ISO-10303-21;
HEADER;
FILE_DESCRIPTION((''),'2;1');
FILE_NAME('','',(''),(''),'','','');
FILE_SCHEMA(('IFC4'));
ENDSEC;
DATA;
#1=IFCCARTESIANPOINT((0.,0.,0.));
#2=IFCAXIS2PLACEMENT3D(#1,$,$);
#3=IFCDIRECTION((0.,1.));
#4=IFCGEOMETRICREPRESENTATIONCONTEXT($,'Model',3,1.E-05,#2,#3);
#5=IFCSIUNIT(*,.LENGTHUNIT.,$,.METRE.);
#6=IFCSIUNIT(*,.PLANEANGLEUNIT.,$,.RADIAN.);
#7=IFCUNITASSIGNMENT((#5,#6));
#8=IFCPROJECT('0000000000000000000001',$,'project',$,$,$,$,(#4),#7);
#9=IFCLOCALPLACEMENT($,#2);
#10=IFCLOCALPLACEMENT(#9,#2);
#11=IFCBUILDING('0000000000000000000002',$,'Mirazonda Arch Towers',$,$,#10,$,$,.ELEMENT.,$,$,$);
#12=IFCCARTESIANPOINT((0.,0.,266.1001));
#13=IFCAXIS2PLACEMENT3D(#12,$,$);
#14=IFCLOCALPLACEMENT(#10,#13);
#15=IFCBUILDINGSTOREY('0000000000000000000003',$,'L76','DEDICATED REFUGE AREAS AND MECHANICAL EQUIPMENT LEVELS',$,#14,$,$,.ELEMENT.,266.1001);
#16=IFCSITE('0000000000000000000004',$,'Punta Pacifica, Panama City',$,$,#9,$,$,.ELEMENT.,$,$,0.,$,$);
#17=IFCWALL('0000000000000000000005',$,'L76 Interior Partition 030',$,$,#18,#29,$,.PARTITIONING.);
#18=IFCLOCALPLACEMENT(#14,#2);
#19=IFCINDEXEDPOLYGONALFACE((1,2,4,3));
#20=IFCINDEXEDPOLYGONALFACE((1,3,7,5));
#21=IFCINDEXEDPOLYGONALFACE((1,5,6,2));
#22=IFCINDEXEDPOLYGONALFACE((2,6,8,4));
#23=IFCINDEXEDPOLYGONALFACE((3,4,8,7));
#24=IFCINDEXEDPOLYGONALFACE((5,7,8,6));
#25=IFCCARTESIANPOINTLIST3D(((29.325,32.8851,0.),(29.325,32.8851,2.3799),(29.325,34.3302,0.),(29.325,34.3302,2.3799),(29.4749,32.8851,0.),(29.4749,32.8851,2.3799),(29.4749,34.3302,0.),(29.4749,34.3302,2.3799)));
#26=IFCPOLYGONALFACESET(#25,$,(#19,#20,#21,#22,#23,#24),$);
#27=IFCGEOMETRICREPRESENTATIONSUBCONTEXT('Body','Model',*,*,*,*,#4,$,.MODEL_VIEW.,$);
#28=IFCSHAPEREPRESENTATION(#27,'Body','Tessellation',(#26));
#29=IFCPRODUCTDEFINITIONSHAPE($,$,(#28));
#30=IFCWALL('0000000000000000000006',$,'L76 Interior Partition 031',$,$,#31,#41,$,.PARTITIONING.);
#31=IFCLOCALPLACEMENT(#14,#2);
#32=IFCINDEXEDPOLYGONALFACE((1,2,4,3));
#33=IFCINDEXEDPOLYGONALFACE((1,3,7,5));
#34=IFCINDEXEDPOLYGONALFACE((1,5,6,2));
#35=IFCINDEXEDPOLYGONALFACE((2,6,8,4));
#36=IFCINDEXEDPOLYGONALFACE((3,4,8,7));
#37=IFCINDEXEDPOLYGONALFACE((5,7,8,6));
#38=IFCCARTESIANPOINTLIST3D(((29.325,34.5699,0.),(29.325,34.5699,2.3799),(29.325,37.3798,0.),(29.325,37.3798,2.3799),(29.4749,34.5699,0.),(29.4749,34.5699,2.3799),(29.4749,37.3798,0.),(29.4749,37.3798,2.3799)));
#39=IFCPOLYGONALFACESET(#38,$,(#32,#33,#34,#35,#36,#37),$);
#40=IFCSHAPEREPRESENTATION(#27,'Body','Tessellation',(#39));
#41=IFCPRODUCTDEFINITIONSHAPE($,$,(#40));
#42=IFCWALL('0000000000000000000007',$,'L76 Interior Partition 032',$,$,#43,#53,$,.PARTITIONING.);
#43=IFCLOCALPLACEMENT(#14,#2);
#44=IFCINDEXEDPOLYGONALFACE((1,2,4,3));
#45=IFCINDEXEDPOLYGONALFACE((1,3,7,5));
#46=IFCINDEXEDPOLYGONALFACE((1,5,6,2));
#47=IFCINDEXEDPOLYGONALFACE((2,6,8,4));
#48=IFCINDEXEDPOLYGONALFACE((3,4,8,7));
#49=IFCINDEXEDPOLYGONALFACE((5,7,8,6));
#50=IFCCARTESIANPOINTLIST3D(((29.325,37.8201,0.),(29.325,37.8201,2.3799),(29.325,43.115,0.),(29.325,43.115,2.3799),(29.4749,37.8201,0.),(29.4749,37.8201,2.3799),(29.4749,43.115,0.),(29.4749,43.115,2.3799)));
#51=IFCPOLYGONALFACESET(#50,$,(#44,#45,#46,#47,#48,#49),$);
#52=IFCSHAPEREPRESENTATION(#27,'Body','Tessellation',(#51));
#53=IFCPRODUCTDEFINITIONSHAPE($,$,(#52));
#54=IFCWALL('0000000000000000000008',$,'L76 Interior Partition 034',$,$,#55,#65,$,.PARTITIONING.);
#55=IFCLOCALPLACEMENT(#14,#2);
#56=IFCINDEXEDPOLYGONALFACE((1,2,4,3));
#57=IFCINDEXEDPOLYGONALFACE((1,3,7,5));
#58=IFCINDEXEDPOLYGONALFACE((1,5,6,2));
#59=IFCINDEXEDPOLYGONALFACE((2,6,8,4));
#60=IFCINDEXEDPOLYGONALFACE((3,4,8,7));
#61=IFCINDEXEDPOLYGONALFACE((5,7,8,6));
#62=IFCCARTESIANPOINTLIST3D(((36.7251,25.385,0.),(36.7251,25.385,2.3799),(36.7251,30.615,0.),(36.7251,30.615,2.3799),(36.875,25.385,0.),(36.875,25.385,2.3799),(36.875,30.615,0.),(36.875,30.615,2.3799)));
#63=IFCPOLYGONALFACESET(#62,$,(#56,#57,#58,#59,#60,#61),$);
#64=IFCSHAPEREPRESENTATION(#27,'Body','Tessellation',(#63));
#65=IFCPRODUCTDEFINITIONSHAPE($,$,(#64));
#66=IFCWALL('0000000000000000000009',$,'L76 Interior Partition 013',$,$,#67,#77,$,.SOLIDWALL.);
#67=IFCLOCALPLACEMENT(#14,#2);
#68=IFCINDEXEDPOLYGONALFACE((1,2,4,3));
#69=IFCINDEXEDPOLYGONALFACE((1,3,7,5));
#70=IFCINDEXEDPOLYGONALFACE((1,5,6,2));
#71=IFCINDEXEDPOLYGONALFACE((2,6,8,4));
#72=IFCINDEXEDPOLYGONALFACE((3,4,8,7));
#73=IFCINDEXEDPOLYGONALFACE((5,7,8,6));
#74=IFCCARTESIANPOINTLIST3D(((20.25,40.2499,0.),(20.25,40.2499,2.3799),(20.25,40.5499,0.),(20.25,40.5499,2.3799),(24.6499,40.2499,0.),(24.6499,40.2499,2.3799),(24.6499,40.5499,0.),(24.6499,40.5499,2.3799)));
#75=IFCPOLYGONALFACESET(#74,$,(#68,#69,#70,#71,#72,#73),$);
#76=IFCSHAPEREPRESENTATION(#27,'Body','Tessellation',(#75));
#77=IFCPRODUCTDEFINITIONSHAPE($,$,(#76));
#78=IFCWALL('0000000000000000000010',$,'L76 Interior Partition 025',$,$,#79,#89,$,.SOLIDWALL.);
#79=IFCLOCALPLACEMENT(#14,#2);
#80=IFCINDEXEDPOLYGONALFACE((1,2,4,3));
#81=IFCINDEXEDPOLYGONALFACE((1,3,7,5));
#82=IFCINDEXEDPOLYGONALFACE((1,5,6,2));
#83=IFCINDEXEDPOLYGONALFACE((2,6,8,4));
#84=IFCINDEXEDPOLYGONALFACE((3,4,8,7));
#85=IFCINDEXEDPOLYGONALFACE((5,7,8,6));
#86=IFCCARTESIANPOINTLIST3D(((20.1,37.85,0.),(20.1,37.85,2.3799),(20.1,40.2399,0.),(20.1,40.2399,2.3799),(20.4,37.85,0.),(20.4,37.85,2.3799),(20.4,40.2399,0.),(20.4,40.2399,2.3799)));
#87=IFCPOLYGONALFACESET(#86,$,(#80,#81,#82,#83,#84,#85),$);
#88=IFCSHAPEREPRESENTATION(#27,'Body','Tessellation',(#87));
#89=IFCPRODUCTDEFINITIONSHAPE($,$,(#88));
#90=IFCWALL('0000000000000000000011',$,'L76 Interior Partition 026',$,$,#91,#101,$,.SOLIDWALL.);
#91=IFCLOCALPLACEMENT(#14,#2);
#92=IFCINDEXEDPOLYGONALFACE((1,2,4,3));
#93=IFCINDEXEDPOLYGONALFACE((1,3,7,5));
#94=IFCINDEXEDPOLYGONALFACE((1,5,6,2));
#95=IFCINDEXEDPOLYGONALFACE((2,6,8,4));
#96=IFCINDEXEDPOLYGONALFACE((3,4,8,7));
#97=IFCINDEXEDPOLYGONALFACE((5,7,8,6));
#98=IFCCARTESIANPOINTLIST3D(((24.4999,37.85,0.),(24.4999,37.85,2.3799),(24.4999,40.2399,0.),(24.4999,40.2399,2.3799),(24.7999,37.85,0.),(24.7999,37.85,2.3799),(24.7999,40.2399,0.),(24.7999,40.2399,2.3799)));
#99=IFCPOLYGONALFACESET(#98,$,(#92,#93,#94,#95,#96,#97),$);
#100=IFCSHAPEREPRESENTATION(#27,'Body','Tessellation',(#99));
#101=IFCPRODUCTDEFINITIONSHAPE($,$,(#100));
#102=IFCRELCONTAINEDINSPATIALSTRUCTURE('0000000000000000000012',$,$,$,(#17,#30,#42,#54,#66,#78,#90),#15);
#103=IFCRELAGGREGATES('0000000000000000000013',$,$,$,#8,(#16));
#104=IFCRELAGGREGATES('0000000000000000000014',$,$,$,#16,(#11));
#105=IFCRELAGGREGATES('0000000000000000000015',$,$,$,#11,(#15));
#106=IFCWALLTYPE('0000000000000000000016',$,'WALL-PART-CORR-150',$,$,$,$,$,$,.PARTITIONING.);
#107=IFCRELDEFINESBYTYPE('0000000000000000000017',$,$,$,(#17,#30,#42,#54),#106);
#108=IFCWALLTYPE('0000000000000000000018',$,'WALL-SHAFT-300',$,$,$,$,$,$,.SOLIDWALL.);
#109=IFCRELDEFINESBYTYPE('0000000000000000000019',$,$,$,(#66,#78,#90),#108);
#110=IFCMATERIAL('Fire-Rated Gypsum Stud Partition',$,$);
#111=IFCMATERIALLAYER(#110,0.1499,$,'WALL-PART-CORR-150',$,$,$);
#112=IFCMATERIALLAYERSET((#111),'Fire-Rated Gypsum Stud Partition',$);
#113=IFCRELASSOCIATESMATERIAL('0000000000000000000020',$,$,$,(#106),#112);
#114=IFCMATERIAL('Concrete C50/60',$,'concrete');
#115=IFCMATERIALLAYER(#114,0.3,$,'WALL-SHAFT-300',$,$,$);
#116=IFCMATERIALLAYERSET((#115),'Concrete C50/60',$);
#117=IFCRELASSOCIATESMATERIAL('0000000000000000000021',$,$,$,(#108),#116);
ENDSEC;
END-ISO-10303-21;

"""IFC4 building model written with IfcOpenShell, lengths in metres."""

from ifc_helpers import new_model, si_unit, direction, frame, frame_2d, origin, place, context, subcontext, project, spatial, rectangle, extrude, material, layer, layer_set, type_object, element, save


model = new_model("IFC4")

# Units and contexts
model_context = context("Model", 3, precision=1e-05, world=origin(), true_north=direction((0.0, 1.0)))
body_context = subcontext(model_context, "Body", "Model", "MODEL_VIEW")
ifc_project = project(units=[si_unit("LENGTHUNIT", "METRE"), si_unit("PLANEANGLEUNIT", "RADIAN")], contexts=[model_context])

# Site, building, storey
site_placement = place(None, origin())
site = spatial("IfcSite", under=ifc_project, at=site_placement, Name="Punta Pacifica, Panama City", CompositionType="ELEMENT", RefElevation=0.0)
building_placement = place(site_placement, origin())
building = spatial("IfcBuilding", under=site, at=building_placement, Name="Mirazonda Arch Towers", CompositionType="ELEMENT")
storey_placement = place(building_placement, frame((0.0, 0.0, 266.1001)))
storey = spatial("IfcBuildingStorey", under=building, at=storey_placement, Name="L76", Description="DEDICATED REFUGE AREAS AND MECHANICAL EQUIPMENT LEVELS", CompositionType="ELEMENT", Elevation=266.1001)

# Shared definitions
ifc_material_1 = material(Name="Concrete C50/60", Category="concrete")

# Walls
ifc_material_2 = material(Name="Fire-Rated Gypsum Stud Partition")
ifc_layer_1 = layer(ifc_material_2, 0.1499, Name="WALL-PART-CORR-150")
ifc_layer_set_1 = layer_set([ifc_layer_1], Name="Fire-Rated Gypsum Stud Partition")
wall_type_1 = type_object("IfcWallType", Name="WALL-PART-CORR-150", PredefinedType="PARTITIONING", material=ifc_layer_set_1)
wall_1_placement = place(storey_placement, frame((29.3999, 32.885, 0.0), z_axis=(0.0, 0.0, 1.0), x_axis=(0.0, 1.0, 0.0)))
element("IfcWall", 1, at=wall_1_placement, inside=storey, type_object=wall_type_1, Name="L76 Interior Partition 030", PredefinedType="PARTITIONING", context=body_context, shape_type="SweptSolid", body=[
    extrude(rectangle(XDim=1.4451, YDim=0.1499, at=frame_2d((0.7227, 0.0))), origin(), (0.0, 0.0, 1.0), 2.3799),
])
wall_2_placement = place(storey_placement, frame((29.3999, 34.5701, 0.0), z_axis=(0.0, 0.0, 1.0), x_axis=(0.0, 1.0, 0.0)))
element("IfcWall", 2, at=wall_2_placement, inside=storey, type_object=wall_type_1, Name="L76 Interior Partition 031", PredefinedType="PARTITIONING", context=body_context, shape_type="SweptSolid", body=[
    extrude(rectangle(XDim=2.8098, YDim=0.1499, at=frame_2d((1.4048, 0.0))), origin(), (0.0, 0.0, 1.0), 2.3799),
])
wall_3_placement = place(storey_placement, frame((29.3999, 37.8201, 0.0), z_axis=(0.0, 0.0, 1.0), x_axis=(0.0, 1.0, 0.0)))
element("IfcWall", 3, at=wall_3_placement, inside=storey, type_object=wall_type_1, Name="L76 Interior Partition 032", PredefinedType="PARTITIONING", context=body_context, shape_type="SweptSolid", body=[
    extrude(rectangle(XDim=5.2949, YDim=0.1499, at=frame_2d((2.6475, 0.0))), origin(), (0.0, 0.0, 1.0), 2.3799),
])
wall_4_placement = place(storey_placement, frame((36.8, 25.385, 0.0), z_axis=(0.0, 0.0, 1.0), x_axis=(0.0, 1.0, 0.0)))
element("IfcWall", 4, at=wall_4_placement, inside=storey, type_object=wall_type_1, Name="L76 Interior Partition 034", PredefinedType="PARTITIONING", context=body_context, shape_type="SweptSolid", body=[
    extrude(rectangle(XDim=5.23, YDim=0.1499, at=frame_2d((2.615, 0.0))), origin(), (0.0, 0.0, 1.0), 2.3799),
])
ifc_layer_2 = layer(ifc_material_1, 0.3, Name="WALL-SHAFT-300")
ifc_layer_set_2 = layer_set([ifc_layer_2], Name="Concrete C50/60")
wall_type_2 = type_object("IfcWallType", Name="WALL-SHAFT-300", PredefinedType="SOLIDWALL", material=ifc_layer_set_2)
wall_5_placement = place(storey_placement, frame((20.25, 40.3999, 0.0), z_axis=(0.0, 0.0, 1.0), x_axis=(1.0, 0.0, 0.0)))
element("IfcWall", 5, at=wall_5_placement, inside=storey, type_object=wall_type_2, Name="L76 Interior Partition 013", PredefinedType="SOLIDWALL", context=body_context, shape_type="SweptSolid", body=[
    extrude(rectangle(XDim=4.3999, YDim=0.3, at=frame_2d((2.2, 0.0))), origin(), (0.0, 0.0, 1.0), 2.3799),
])
for number, where, z_axis, x_axis, name in (
    (6, (20.25, 37.8501, 0.0), (0.0, 0.0, 1.0), (0.0, 1.0, 0.0), "L76 Interior Partition 025"),
    (7, (24.6499, 37.8501, 0.0), (0.0, 0.0, 1.0), (0.0, 1.0, 0.0), "L76 Interior Partition 026"),
):
    element("IfcWall", number, at=place(storey_placement, frame(where, z_axis=z_axis, x_axis=x_axis)), inside=storey, type_object=wall_type_2, Name=name, PredefinedType="SOLIDWALL", context=body_context, shape_type="SweptSolid", body=[
        extrude(rectangle(XDim=2.3899, YDim=0.3, at=frame_2d((1.1948, 0.0))), origin(), (0.0, 0.0, 1.0), 2.3799),
    ])

save(model, "model.ifc")
